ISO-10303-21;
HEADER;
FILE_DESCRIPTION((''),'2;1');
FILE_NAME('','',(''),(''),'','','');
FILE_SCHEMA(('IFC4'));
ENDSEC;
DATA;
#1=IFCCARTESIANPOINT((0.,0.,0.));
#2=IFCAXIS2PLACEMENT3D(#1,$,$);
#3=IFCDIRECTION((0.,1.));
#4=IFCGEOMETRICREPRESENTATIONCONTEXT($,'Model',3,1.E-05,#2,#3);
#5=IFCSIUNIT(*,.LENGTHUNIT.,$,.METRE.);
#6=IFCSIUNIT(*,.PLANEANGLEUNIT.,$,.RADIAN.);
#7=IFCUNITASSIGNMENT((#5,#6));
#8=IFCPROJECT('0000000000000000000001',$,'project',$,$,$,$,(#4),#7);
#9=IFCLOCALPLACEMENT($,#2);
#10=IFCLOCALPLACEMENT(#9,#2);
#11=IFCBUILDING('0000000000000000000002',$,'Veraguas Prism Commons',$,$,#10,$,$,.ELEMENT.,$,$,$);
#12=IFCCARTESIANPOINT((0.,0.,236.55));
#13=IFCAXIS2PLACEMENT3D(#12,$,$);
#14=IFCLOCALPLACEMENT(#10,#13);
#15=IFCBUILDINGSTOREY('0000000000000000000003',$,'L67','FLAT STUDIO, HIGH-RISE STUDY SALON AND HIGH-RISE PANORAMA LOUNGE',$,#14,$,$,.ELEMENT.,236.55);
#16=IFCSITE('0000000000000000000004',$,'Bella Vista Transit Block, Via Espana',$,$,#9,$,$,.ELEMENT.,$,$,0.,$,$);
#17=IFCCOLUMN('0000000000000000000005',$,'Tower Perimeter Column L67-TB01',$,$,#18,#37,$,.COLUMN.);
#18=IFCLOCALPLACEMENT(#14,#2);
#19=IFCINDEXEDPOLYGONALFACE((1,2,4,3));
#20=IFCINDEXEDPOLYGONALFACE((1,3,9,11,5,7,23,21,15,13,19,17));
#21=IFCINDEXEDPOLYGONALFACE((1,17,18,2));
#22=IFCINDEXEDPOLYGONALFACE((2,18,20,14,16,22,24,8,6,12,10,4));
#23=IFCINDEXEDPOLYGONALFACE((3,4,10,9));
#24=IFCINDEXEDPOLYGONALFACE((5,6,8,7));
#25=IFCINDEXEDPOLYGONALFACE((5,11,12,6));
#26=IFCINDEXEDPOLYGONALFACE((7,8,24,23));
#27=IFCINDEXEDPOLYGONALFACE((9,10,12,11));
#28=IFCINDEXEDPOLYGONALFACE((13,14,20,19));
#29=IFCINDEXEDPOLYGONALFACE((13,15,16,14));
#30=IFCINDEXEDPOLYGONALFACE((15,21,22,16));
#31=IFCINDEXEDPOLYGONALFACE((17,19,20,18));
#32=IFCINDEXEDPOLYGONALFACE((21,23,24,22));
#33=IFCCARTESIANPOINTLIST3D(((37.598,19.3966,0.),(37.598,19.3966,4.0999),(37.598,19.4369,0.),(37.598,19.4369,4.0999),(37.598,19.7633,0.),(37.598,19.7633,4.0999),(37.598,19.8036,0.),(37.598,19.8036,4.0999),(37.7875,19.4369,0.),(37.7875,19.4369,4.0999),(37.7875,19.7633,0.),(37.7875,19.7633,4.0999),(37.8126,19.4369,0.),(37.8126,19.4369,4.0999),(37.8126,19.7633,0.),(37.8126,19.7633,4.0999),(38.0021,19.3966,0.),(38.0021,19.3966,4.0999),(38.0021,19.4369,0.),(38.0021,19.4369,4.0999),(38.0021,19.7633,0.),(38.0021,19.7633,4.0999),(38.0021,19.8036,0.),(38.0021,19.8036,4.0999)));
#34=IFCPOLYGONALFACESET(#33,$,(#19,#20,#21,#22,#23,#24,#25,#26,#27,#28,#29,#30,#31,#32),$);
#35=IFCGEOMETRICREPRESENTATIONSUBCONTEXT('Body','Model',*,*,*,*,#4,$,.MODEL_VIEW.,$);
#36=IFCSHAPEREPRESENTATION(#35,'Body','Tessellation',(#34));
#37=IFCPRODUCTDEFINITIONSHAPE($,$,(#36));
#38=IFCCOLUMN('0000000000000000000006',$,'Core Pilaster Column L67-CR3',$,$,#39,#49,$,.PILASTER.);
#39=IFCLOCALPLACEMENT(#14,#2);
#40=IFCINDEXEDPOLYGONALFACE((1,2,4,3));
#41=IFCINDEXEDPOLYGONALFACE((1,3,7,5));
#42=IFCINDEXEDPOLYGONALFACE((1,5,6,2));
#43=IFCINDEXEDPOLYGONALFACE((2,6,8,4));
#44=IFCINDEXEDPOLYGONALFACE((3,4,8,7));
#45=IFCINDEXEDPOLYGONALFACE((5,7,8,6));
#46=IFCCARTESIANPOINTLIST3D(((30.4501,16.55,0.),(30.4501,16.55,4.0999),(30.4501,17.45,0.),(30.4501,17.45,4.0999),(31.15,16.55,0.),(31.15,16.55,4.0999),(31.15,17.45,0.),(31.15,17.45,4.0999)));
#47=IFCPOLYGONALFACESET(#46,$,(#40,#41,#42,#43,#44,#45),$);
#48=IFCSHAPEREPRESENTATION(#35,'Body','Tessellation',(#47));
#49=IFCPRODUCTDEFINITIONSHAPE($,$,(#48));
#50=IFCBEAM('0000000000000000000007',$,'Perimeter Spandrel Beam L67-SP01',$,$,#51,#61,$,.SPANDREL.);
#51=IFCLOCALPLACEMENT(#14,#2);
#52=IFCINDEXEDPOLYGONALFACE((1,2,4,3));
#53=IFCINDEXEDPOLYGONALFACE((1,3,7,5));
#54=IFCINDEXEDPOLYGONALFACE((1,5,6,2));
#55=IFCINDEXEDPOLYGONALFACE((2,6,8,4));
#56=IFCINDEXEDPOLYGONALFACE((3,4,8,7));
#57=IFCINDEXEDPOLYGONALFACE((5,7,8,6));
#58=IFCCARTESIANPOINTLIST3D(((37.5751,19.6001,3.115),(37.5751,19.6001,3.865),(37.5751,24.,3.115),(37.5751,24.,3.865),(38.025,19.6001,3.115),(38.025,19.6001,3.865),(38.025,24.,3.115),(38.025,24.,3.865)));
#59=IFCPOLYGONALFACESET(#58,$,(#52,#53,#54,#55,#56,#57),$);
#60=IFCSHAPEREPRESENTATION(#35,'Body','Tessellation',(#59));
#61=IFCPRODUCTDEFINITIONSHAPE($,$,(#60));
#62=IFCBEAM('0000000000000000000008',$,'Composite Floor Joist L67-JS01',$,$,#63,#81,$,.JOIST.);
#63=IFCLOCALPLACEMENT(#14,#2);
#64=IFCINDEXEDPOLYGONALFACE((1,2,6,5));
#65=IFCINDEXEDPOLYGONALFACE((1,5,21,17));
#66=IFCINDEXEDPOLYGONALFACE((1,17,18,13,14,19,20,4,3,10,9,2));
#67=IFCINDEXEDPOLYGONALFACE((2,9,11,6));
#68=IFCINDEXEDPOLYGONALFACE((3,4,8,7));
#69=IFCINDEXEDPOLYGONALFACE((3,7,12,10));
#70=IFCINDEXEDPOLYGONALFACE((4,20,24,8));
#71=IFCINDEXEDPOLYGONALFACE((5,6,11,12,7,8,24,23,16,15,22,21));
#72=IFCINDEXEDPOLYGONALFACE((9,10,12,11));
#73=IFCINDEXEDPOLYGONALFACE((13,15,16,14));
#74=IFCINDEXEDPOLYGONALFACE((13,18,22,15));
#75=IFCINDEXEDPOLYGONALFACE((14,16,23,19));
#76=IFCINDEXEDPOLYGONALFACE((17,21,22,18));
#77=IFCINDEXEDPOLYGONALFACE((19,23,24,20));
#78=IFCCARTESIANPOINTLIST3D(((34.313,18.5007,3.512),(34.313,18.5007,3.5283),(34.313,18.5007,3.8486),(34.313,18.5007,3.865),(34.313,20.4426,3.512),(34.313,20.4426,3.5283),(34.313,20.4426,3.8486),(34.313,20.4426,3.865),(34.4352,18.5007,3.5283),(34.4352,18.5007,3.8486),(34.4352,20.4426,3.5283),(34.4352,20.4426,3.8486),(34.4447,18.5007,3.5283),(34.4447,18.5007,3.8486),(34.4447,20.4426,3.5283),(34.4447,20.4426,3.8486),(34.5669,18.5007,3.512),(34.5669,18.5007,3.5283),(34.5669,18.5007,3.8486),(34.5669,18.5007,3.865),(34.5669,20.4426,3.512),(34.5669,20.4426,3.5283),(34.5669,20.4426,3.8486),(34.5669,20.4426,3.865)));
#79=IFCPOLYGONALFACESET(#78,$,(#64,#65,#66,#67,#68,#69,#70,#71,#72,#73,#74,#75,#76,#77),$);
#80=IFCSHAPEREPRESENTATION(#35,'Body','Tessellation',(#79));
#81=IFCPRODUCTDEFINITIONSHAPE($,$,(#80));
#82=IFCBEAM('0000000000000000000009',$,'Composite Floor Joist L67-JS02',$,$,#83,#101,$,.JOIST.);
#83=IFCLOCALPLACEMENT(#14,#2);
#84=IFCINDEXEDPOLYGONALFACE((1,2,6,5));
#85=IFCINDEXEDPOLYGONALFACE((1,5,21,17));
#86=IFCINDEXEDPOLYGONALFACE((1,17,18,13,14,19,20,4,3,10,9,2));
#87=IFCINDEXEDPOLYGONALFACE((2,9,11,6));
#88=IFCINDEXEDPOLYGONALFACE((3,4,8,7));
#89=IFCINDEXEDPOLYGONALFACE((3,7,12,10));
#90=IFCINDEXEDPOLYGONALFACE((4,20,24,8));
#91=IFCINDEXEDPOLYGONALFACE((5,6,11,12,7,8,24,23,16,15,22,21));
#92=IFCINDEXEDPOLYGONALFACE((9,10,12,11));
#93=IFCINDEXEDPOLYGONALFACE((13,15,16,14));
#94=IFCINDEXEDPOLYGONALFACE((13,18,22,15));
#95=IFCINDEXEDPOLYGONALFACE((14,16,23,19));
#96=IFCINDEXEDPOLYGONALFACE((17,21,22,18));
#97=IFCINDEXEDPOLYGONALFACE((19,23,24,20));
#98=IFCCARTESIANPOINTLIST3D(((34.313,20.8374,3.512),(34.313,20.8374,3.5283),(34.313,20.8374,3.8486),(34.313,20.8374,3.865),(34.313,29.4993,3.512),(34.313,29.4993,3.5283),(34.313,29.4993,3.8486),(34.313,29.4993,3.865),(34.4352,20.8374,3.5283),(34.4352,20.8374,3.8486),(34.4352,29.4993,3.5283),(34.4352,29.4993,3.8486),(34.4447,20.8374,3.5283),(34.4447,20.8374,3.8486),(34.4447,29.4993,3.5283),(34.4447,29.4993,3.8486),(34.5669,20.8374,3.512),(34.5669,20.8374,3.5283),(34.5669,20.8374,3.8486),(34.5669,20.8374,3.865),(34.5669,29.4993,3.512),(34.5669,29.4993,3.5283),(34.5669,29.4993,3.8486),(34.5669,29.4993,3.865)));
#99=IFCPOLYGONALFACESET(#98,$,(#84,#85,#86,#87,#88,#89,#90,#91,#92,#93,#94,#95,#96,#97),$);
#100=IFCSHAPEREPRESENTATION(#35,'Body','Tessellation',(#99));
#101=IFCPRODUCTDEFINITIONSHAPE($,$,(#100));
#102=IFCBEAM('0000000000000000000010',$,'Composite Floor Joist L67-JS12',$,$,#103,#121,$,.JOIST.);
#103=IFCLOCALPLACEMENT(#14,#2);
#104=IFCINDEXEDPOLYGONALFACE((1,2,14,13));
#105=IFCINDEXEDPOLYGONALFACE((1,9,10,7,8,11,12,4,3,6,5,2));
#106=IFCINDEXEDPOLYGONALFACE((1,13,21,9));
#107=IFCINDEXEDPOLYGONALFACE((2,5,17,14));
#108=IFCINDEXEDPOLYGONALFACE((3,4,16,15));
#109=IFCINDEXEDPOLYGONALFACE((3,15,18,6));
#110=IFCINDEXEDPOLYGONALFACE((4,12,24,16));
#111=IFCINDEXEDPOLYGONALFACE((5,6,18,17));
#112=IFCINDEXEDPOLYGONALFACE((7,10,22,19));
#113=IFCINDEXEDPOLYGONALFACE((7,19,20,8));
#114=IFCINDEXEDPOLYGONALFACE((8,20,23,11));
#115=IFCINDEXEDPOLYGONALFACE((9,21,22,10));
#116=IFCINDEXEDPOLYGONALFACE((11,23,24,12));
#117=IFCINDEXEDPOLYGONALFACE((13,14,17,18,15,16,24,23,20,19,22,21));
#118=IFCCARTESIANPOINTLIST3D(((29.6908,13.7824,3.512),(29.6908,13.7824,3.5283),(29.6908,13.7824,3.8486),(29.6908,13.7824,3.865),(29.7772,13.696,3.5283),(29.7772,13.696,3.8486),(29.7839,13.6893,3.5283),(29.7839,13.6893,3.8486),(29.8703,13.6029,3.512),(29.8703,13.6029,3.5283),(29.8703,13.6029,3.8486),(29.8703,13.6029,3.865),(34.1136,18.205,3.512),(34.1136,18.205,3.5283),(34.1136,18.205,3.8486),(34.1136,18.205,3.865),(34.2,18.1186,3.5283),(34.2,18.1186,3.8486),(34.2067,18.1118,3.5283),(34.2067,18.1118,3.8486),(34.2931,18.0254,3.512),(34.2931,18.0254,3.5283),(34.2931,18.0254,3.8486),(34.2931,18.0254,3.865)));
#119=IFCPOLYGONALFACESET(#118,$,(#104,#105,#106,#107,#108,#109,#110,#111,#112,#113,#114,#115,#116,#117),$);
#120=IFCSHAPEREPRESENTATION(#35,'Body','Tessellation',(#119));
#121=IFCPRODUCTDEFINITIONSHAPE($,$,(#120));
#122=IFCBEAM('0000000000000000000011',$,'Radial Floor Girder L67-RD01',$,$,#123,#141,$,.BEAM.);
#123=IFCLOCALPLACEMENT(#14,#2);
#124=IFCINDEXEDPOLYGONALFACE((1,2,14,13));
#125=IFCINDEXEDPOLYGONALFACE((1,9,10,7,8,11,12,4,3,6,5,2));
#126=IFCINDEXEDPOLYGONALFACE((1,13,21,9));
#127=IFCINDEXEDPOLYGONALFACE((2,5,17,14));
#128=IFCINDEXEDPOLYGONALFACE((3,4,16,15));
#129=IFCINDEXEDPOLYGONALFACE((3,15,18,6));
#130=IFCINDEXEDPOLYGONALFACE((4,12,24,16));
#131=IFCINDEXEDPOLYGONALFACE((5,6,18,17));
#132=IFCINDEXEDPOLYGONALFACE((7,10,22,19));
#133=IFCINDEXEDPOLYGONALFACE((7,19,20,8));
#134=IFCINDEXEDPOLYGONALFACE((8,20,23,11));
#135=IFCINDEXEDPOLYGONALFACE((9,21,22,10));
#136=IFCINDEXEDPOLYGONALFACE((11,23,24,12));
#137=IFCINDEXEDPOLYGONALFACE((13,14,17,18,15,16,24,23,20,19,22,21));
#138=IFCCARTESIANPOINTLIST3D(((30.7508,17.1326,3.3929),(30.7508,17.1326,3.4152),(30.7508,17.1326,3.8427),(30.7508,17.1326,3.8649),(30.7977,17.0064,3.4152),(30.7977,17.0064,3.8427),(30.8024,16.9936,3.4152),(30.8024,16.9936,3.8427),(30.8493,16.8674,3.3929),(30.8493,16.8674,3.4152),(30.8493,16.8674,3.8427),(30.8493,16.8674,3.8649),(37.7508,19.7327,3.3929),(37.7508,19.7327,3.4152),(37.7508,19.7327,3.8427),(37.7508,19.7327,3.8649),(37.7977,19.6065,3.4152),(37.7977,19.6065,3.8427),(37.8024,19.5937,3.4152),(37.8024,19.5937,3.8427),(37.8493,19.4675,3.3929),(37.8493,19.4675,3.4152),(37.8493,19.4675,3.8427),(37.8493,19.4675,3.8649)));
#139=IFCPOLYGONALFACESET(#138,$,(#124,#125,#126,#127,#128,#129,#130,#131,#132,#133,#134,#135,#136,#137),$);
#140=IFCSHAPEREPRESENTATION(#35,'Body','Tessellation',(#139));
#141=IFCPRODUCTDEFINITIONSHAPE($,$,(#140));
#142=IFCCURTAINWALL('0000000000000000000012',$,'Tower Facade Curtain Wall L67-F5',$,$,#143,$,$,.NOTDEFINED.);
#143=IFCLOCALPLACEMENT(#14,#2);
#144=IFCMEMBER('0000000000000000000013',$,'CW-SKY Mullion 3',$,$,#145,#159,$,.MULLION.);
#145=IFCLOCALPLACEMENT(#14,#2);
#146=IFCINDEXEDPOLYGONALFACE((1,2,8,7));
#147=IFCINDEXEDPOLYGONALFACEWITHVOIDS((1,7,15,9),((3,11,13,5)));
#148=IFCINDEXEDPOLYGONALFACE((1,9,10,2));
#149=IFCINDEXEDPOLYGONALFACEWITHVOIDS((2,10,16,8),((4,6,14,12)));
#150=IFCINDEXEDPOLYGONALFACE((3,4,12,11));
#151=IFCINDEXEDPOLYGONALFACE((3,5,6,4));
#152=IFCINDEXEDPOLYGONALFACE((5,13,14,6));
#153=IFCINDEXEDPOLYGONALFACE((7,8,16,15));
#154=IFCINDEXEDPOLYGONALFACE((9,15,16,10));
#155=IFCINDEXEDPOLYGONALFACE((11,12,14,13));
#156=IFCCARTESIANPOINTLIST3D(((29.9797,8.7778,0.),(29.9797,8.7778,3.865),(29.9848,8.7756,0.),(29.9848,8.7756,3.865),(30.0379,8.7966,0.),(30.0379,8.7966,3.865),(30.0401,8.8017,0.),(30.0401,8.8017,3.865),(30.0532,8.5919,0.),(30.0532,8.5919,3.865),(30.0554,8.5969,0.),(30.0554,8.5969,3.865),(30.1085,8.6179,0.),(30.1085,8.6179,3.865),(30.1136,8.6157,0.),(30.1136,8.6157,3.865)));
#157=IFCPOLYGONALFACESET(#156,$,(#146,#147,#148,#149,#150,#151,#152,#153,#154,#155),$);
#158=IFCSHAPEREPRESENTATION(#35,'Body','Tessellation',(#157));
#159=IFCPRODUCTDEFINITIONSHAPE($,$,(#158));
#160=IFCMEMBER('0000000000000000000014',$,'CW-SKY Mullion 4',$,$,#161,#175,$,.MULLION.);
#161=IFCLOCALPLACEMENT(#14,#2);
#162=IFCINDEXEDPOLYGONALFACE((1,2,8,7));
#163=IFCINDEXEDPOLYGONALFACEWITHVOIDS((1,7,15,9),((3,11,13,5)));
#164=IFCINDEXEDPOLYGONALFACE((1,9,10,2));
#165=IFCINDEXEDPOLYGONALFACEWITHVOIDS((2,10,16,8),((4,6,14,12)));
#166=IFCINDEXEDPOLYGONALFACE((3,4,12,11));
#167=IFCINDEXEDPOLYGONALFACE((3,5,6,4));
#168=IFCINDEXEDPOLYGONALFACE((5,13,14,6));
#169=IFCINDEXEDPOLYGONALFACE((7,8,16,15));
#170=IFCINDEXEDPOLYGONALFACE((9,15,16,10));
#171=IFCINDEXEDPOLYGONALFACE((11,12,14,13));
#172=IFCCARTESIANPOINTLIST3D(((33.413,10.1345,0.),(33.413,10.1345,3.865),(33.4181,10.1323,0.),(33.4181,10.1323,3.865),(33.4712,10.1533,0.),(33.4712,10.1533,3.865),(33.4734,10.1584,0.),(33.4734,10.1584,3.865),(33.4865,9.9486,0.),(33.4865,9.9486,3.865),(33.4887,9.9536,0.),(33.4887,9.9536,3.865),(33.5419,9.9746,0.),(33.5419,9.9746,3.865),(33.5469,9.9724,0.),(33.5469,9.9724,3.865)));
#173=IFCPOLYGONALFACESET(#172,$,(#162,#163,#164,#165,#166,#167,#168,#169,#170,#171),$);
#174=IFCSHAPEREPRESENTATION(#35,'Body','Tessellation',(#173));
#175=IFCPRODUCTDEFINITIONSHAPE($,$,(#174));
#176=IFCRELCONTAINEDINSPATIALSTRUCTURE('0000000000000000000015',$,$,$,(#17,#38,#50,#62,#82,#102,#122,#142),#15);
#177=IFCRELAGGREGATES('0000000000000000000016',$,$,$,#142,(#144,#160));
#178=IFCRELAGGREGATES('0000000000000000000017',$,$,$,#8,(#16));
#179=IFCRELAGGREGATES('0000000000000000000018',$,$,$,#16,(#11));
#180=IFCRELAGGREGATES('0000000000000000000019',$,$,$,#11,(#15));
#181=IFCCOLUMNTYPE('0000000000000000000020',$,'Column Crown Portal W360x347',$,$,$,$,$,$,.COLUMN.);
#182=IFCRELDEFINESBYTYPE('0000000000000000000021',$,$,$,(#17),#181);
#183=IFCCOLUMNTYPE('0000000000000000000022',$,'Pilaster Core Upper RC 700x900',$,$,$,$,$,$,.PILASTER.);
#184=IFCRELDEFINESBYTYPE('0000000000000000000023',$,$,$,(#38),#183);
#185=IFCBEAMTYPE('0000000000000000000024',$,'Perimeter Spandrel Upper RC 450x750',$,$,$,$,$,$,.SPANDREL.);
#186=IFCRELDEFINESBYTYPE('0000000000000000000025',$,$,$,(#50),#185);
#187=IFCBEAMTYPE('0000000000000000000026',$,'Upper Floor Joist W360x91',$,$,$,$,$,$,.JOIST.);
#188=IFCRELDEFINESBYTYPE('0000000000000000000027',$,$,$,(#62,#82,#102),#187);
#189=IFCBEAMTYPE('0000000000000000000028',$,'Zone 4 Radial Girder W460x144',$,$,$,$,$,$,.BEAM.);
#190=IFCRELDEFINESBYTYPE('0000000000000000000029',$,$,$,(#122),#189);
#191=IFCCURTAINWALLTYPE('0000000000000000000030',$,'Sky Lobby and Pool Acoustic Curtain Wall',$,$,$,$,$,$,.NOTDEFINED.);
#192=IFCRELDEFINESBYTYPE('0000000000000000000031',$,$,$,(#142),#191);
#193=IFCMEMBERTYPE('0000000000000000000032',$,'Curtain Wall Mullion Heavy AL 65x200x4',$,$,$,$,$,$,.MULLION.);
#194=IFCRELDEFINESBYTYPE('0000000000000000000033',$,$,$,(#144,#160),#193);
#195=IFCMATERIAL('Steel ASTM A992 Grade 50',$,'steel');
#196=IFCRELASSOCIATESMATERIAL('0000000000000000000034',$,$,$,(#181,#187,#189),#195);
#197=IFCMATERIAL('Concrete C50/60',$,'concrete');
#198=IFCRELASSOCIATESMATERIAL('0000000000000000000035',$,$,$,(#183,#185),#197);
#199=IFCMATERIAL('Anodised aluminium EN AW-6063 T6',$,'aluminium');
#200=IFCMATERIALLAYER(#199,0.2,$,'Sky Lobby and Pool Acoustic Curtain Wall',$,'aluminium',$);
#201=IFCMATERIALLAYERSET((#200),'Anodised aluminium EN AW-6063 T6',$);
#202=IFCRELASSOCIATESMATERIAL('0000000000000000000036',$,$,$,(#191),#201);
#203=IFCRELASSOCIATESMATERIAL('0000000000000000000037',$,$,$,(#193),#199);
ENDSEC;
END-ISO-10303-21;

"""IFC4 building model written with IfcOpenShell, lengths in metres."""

from ifc_helpers import new_model, si_unit, direction, frame, origin, origin_2d, place, context, subcontext, project, spatial, rectangle, hollow_rectangle, i_section, extrude, source, transform, mapped, material, layer, layer_set, material_profile, profile_set, type_object, element, aggregate, save


model = new_model("IFC4")

# Units and contexts
model_context = context("Model", 3, precision=1e-05, world=origin(), true_north=direction((0.0, 1.0)))
body_context = subcontext(model_context, "Body", "Model", "MODEL_VIEW")
ifc_project = project(units=[si_unit("LENGTHUNIT", "METRE"), si_unit("PLANEANGLEUNIT", "RADIAN")], contexts=[model_context])

# Site, building, storey
site_placement = place(None, origin())
site = spatial("IfcSite", under=ifc_project, at=site_placement, Name="Bella Vista Transit Block, Via Espana", CompositionType="ELEMENT", RefElevation=0.0)
building_placement = place(site_placement, origin())
building = spatial("IfcBuilding", under=site, at=building_placement, Name="Veraguas Prism Commons", CompositionType="ELEMENT")
storey_placement = place(building_placement, frame((0.0, 0.0, 236.55)))
storey = spatial("IfcBuildingStorey", under=building, at=storey_placement, Name="L67", Description="FLAT STUDIO, HIGH-RISE STUDY SALON AND HIGH-RISE PANORAMA LOUNGE", CompositionType="ELEMENT", Elevation=236.55)

# Columns
ifc_material_1 = material(Name="Steel ASTM A992 Grade 50", Category="steel")
ifc_material_profile_1 = material_profile(ifc_material_1, i_section(OverallWidth=0.4041, OverallDepth=0.407, WebThickness=0.0251, FlangeThickness=0.0403, at=origin_2d()), Name="W360X347")
ifc_profile_set_1 = profile_set([ifc_material_profile_1], Name="Steel ASTM A992 Grade 50")
column_type_1 = type_object("IfcColumnType", Name="Column Crown Portal W360x347", PredefinedType="COLUMN", material=ifc_profile_set_1)
column_1_placement = place(storey_placement, frame((37.8, 19.6001, 0.0), z_axis=(0.0, 0.0, 1.0), x_axis=(1.0, 0.0, 0.0)))
element("IfcColumn", 1, at=column_1_placement, inside=storey, type_object=column_type_1, Name="Tower Perimeter Column L67-TB01", PredefinedType="COLUMN", context=body_context, shape_type="SweptSolid", body=[
    extrude(i_section(OverallWidth=0.4041, OverallDepth=0.407, WebThickness=0.0251, FlangeThickness=0.0403, at=origin_2d()), origin(), (0.0, 0.0, 1.0), 4.0999),
])
ifc_material_2 = material(Name="Concrete C50/60", Category="concrete")
ifc_material_profile_2 = material_profile(ifc_material_2, rectangle(XDim=0.7, YDim=0.8999, at=origin_2d()), Name="RC700X900")
ifc_profile_set_2 = profile_set([ifc_material_profile_2], Name="Concrete C50/60")
column_type_2 = type_object("IfcColumnType", Name="Pilaster Core Upper RC 700x900", PredefinedType="PILASTER", material=ifc_profile_set_2)
column_2_placement = place(storey_placement, frame((30.8, 17.0, 0.0), z_axis=(0.0, 0.0, 1.0), x_axis=(1.0, 0.0, 0.0)))
element("IfcColumn", 2, at=column_2_placement, inside=storey, type_object=column_type_2, Name="Core Pilaster Column L67-CR3", PredefinedType="PILASTER", context=body_context, shape_type="SweptSolid", body=[
    extrude(rectangle(XDim=0.7, YDim=0.8999, at=origin_2d()), origin(), (0.0, 0.0, 1.0), 4.0999),
])

# Beams
ifc_material_profile_3 = material_profile(ifc_material_2, rectangle(XDim=0.45, YDim=0.75, at=origin_2d()), Name="RC450X750")
ifc_profile_set_3 = profile_set([ifc_material_profile_3], Name="Concrete C50/60")
beam_type_1 = type_object("IfcBeamType", Name="Perimeter Spandrel Upper RC 450x750", PredefinedType="SPANDREL", material=ifc_profile_set_3)
beam_1_placement = place(storey_placement, frame((37.8, 19.6001, 3.49), z_axis=(0.0, 1.0, 0.0), x_axis=(-1.0, 0.0, 0.0)))
element("IfcBeam", 3, at=beam_1_placement, inside=storey, type_object=beam_type_1, Name="Perimeter Spandrel Beam L67-SP01", PredefinedType="SPANDREL", context=body_context, shape_type="SweptSolid", body=[
    extrude(rectangle(XDim=0.45, YDim=0.75, at=origin_2d()), origin(), (0.0, 0.0, 1.0), 4.3999),
])
ifc_material_profile_4 = material_profile(ifc_material_1, i_section(OverallWidth=0.2539, OverallDepth=0.353, WebThickness=0.0095, FlangeThickness=0.0164, at=origin_2d()), Name="W360X91")
ifc_profile_set_4 = profile_set([ifc_material_profile_4], Name="Steel ASTM A992 Grade 50")
beam_type_2 = type_object("IfcBeamType", Name="Upper Floor Joist W360x91", PredefinedType="JOIST", material=ifc_profile_set_4)
beam_2_placement = place(storey_placement, frame((34.4399, 18.5007, 3.6885), z_axis=(0.0, 1.0, 0.0), x_axis=(-1.0, 0.0, 0.0)))
element("IfcBeam", 4, at=beam_2_placement, inside=storey, type_object=beam_type_2, Name="Composite Floor Joist L67-JS01", PredefinedType="JOIST", context=body_context, shape_type="SweptSolid", body=[
    extrude(i_section(OverallWidth=0.2539, OverallDepth=0.353, WebThickness=0.0095, FlangeThickness=0.0164, at=origin_2d()), origin(), (0.0, 0.0, 1.0), 1.9419),
])
beam_3_placement = place(storey_placement, frame((34.4399, 20.8374, 3.6885), z_axis=(0.0, 1.0, 0.0), x_axis=(-1.0, 0.0, 0.0)))
element("IfcBeam", 5, at=beam_3_placement, inside=storey, type_object=beam_type_2, Name="Composite Floor Joist L67-JS02", PredefinedType="JOIST", context=body_context, shape_type="SweptSolid", body=[
    extrude(i_section(OverallWidth=0.2539, OverallDepth=0.353, WebThickness=0.0095, FlangeThickness=0.0164, at=origin_2d()), origin(), (0.0, 0.0, 1.0), 8.6619),
])
beam_4_placement = place(storey_placement, frame((29.7805, 13.6926, 3.6885), z_axis=(0.707126, 0.707087, 0.0), x_axis=(-0.707087, 0.707126, 0.0)))
element("IfcBeam", 6, at=beam_4_placement, inside=storey, type_object=beam_type_2, Name="Composite Floor Joist L67-JS12", PredefinedType="JOIST", context=body_context, shape_type="SweptSolid", body=[
    extrude(i_section(OverallWidth=0.2539, OverallDepth=0.353, WebThickness=0.0095, FlangeThickness=0.0164, at=origin_2d()), origin(), (0.0, 0.0, 1.0), 6.2546),
])
ifc_material_profile_5 = material_profile(ifc_material_1, i_section(OverallWidth=0.283, OverallDepth=0.4719, WebThickness=0.0137, FlangeThickness=0.0222, at=origin_2d()), Name="W460X144")
ifc_profile_set_5 = profile_set([ifc_material_profile_5], Name="Steel ASTM A992 Grade 50")
beam_type_3 = type_object("IfcBeamType", Name="Zone 4 Radial Girder W460x144", PredefinedType="BEAM", material=ifc_profile_set_5)
beam_5_placement = place(storey_placement, frame((37.8, 19.6001, 3.6289), z_axis=(-0.937421, -0.348198, 0.0), x_axis=(0.348198, -0.937421, 0.0)))
element("IfcBeam", 7, at=beam_5_placement, inside=storey, type_object=beam_type_3, Name="Radial Floor Girder L67-RD01", PredefinedType="BEAM", context=body_context, shape_type="SweptSolid", body=[
    extrude(i_section(OverallWidth=0.283, OverallDepth=0.4719, WebThickness=0.0137, FlangeThickness=0.0222, at=origin_2d()), origin(), (0.0, 0.0, 1.0), 7.4673),
])

# Curtain wall, members
ifc_material_3 = material(Name="Anodised aluminium EN AW-6063 T6", Category="aluminium")
ifc_layer_1 = layer(ifc_material_3, 0.2, Name="Sky Lobby and Pool Acoustic Curtain Wall", Category="aluminium")
ifc_layer_set_1 = layer_set([ifc_layer_1], Name="Anodised aluminium EN AW-6063 T6")
curtain_wall_type = type_object("IfcCurtainWallType", Name="Sky Lobby and Pool Acoustic Curtain Wall", PredefinedType="NOTDEFINED", material=ifc_layer_set_1)
curtain_wall_1_placement = place(storey_placement, origin())
curtain_wall_1 = element("IfcCurtainWall", 8, at=curtain_wall_1_placement, inside=storey, type_object=curtain_wall_type, Name="Tower Facade Curtain Wall L67-F5", PredefinedType="NOTDEFINED")
ifc_material_profile_6 = material_profile(ifc_material_3, hollow_rectangle(XDim=0.0649, YDim=0.2, WallThickness=0.0039, at=origin_2d()), Name="AL65X200X4")
ifc_profile_set_6 = profile_set([ifc_material_profile_6], Name="Anodised aluminium EN AW-6063 T6")
member_type_1 = type_object("IfcMemberType", Name="Curtain Wall Mullion Heavy AL 65x200x4", PredefinedType="MULLION", material=ifc_profile_set_6)
shared_shape_1 = source(origin(), body_context, "Body", "SweptSolid", [
    extrude(hollow_rectangle(XDim=0.0649, YDim=0.2, WallThickness=0.0039, at=origin_2d()), origin(), (0.0, 0.0, 1.0), 3.865),
])
member_1_placement = place(storey_placement, frame((30.0466, 8.6968, 0.0), z_axis=(0.0, 0.0, 1.0), x_axis=(0.93003, 0.367483, 0.0)))
member_1 = element("IfcMember", 9, at=member_1_placement, type_object=member_type_1, Name="CW-SKY Mullion 3", PredefinedType="MULLION", context=body_context, shape_type="MappedRepresentation", body=[
    mapped(shared_shape_1, transform((0.0, 0.0, 0.0), scale=1.0)),
])
member_2_placement = place(storey_placement, frame((33.48, 10.0535, 0.0), z_axis=(0.0, 0.0, 1.0), x_axis=(0.93003, 0.367483, 0.0)))
member_2 = element("IfcMember", 10, at=member_2_placement, type_object=member_type_1, Name="CW-SKY Mullion 4", PredefinedType="MULLION", context=body_context, shape_type="MappedRepresentation", body=[
    mapped(shared_shape_1, transform((0.0, 0.0, 0.0), scale=1.0)),
])

aggregate(curtain_wall_1, [member_1, member_2])

save(model, "model.ifc")
